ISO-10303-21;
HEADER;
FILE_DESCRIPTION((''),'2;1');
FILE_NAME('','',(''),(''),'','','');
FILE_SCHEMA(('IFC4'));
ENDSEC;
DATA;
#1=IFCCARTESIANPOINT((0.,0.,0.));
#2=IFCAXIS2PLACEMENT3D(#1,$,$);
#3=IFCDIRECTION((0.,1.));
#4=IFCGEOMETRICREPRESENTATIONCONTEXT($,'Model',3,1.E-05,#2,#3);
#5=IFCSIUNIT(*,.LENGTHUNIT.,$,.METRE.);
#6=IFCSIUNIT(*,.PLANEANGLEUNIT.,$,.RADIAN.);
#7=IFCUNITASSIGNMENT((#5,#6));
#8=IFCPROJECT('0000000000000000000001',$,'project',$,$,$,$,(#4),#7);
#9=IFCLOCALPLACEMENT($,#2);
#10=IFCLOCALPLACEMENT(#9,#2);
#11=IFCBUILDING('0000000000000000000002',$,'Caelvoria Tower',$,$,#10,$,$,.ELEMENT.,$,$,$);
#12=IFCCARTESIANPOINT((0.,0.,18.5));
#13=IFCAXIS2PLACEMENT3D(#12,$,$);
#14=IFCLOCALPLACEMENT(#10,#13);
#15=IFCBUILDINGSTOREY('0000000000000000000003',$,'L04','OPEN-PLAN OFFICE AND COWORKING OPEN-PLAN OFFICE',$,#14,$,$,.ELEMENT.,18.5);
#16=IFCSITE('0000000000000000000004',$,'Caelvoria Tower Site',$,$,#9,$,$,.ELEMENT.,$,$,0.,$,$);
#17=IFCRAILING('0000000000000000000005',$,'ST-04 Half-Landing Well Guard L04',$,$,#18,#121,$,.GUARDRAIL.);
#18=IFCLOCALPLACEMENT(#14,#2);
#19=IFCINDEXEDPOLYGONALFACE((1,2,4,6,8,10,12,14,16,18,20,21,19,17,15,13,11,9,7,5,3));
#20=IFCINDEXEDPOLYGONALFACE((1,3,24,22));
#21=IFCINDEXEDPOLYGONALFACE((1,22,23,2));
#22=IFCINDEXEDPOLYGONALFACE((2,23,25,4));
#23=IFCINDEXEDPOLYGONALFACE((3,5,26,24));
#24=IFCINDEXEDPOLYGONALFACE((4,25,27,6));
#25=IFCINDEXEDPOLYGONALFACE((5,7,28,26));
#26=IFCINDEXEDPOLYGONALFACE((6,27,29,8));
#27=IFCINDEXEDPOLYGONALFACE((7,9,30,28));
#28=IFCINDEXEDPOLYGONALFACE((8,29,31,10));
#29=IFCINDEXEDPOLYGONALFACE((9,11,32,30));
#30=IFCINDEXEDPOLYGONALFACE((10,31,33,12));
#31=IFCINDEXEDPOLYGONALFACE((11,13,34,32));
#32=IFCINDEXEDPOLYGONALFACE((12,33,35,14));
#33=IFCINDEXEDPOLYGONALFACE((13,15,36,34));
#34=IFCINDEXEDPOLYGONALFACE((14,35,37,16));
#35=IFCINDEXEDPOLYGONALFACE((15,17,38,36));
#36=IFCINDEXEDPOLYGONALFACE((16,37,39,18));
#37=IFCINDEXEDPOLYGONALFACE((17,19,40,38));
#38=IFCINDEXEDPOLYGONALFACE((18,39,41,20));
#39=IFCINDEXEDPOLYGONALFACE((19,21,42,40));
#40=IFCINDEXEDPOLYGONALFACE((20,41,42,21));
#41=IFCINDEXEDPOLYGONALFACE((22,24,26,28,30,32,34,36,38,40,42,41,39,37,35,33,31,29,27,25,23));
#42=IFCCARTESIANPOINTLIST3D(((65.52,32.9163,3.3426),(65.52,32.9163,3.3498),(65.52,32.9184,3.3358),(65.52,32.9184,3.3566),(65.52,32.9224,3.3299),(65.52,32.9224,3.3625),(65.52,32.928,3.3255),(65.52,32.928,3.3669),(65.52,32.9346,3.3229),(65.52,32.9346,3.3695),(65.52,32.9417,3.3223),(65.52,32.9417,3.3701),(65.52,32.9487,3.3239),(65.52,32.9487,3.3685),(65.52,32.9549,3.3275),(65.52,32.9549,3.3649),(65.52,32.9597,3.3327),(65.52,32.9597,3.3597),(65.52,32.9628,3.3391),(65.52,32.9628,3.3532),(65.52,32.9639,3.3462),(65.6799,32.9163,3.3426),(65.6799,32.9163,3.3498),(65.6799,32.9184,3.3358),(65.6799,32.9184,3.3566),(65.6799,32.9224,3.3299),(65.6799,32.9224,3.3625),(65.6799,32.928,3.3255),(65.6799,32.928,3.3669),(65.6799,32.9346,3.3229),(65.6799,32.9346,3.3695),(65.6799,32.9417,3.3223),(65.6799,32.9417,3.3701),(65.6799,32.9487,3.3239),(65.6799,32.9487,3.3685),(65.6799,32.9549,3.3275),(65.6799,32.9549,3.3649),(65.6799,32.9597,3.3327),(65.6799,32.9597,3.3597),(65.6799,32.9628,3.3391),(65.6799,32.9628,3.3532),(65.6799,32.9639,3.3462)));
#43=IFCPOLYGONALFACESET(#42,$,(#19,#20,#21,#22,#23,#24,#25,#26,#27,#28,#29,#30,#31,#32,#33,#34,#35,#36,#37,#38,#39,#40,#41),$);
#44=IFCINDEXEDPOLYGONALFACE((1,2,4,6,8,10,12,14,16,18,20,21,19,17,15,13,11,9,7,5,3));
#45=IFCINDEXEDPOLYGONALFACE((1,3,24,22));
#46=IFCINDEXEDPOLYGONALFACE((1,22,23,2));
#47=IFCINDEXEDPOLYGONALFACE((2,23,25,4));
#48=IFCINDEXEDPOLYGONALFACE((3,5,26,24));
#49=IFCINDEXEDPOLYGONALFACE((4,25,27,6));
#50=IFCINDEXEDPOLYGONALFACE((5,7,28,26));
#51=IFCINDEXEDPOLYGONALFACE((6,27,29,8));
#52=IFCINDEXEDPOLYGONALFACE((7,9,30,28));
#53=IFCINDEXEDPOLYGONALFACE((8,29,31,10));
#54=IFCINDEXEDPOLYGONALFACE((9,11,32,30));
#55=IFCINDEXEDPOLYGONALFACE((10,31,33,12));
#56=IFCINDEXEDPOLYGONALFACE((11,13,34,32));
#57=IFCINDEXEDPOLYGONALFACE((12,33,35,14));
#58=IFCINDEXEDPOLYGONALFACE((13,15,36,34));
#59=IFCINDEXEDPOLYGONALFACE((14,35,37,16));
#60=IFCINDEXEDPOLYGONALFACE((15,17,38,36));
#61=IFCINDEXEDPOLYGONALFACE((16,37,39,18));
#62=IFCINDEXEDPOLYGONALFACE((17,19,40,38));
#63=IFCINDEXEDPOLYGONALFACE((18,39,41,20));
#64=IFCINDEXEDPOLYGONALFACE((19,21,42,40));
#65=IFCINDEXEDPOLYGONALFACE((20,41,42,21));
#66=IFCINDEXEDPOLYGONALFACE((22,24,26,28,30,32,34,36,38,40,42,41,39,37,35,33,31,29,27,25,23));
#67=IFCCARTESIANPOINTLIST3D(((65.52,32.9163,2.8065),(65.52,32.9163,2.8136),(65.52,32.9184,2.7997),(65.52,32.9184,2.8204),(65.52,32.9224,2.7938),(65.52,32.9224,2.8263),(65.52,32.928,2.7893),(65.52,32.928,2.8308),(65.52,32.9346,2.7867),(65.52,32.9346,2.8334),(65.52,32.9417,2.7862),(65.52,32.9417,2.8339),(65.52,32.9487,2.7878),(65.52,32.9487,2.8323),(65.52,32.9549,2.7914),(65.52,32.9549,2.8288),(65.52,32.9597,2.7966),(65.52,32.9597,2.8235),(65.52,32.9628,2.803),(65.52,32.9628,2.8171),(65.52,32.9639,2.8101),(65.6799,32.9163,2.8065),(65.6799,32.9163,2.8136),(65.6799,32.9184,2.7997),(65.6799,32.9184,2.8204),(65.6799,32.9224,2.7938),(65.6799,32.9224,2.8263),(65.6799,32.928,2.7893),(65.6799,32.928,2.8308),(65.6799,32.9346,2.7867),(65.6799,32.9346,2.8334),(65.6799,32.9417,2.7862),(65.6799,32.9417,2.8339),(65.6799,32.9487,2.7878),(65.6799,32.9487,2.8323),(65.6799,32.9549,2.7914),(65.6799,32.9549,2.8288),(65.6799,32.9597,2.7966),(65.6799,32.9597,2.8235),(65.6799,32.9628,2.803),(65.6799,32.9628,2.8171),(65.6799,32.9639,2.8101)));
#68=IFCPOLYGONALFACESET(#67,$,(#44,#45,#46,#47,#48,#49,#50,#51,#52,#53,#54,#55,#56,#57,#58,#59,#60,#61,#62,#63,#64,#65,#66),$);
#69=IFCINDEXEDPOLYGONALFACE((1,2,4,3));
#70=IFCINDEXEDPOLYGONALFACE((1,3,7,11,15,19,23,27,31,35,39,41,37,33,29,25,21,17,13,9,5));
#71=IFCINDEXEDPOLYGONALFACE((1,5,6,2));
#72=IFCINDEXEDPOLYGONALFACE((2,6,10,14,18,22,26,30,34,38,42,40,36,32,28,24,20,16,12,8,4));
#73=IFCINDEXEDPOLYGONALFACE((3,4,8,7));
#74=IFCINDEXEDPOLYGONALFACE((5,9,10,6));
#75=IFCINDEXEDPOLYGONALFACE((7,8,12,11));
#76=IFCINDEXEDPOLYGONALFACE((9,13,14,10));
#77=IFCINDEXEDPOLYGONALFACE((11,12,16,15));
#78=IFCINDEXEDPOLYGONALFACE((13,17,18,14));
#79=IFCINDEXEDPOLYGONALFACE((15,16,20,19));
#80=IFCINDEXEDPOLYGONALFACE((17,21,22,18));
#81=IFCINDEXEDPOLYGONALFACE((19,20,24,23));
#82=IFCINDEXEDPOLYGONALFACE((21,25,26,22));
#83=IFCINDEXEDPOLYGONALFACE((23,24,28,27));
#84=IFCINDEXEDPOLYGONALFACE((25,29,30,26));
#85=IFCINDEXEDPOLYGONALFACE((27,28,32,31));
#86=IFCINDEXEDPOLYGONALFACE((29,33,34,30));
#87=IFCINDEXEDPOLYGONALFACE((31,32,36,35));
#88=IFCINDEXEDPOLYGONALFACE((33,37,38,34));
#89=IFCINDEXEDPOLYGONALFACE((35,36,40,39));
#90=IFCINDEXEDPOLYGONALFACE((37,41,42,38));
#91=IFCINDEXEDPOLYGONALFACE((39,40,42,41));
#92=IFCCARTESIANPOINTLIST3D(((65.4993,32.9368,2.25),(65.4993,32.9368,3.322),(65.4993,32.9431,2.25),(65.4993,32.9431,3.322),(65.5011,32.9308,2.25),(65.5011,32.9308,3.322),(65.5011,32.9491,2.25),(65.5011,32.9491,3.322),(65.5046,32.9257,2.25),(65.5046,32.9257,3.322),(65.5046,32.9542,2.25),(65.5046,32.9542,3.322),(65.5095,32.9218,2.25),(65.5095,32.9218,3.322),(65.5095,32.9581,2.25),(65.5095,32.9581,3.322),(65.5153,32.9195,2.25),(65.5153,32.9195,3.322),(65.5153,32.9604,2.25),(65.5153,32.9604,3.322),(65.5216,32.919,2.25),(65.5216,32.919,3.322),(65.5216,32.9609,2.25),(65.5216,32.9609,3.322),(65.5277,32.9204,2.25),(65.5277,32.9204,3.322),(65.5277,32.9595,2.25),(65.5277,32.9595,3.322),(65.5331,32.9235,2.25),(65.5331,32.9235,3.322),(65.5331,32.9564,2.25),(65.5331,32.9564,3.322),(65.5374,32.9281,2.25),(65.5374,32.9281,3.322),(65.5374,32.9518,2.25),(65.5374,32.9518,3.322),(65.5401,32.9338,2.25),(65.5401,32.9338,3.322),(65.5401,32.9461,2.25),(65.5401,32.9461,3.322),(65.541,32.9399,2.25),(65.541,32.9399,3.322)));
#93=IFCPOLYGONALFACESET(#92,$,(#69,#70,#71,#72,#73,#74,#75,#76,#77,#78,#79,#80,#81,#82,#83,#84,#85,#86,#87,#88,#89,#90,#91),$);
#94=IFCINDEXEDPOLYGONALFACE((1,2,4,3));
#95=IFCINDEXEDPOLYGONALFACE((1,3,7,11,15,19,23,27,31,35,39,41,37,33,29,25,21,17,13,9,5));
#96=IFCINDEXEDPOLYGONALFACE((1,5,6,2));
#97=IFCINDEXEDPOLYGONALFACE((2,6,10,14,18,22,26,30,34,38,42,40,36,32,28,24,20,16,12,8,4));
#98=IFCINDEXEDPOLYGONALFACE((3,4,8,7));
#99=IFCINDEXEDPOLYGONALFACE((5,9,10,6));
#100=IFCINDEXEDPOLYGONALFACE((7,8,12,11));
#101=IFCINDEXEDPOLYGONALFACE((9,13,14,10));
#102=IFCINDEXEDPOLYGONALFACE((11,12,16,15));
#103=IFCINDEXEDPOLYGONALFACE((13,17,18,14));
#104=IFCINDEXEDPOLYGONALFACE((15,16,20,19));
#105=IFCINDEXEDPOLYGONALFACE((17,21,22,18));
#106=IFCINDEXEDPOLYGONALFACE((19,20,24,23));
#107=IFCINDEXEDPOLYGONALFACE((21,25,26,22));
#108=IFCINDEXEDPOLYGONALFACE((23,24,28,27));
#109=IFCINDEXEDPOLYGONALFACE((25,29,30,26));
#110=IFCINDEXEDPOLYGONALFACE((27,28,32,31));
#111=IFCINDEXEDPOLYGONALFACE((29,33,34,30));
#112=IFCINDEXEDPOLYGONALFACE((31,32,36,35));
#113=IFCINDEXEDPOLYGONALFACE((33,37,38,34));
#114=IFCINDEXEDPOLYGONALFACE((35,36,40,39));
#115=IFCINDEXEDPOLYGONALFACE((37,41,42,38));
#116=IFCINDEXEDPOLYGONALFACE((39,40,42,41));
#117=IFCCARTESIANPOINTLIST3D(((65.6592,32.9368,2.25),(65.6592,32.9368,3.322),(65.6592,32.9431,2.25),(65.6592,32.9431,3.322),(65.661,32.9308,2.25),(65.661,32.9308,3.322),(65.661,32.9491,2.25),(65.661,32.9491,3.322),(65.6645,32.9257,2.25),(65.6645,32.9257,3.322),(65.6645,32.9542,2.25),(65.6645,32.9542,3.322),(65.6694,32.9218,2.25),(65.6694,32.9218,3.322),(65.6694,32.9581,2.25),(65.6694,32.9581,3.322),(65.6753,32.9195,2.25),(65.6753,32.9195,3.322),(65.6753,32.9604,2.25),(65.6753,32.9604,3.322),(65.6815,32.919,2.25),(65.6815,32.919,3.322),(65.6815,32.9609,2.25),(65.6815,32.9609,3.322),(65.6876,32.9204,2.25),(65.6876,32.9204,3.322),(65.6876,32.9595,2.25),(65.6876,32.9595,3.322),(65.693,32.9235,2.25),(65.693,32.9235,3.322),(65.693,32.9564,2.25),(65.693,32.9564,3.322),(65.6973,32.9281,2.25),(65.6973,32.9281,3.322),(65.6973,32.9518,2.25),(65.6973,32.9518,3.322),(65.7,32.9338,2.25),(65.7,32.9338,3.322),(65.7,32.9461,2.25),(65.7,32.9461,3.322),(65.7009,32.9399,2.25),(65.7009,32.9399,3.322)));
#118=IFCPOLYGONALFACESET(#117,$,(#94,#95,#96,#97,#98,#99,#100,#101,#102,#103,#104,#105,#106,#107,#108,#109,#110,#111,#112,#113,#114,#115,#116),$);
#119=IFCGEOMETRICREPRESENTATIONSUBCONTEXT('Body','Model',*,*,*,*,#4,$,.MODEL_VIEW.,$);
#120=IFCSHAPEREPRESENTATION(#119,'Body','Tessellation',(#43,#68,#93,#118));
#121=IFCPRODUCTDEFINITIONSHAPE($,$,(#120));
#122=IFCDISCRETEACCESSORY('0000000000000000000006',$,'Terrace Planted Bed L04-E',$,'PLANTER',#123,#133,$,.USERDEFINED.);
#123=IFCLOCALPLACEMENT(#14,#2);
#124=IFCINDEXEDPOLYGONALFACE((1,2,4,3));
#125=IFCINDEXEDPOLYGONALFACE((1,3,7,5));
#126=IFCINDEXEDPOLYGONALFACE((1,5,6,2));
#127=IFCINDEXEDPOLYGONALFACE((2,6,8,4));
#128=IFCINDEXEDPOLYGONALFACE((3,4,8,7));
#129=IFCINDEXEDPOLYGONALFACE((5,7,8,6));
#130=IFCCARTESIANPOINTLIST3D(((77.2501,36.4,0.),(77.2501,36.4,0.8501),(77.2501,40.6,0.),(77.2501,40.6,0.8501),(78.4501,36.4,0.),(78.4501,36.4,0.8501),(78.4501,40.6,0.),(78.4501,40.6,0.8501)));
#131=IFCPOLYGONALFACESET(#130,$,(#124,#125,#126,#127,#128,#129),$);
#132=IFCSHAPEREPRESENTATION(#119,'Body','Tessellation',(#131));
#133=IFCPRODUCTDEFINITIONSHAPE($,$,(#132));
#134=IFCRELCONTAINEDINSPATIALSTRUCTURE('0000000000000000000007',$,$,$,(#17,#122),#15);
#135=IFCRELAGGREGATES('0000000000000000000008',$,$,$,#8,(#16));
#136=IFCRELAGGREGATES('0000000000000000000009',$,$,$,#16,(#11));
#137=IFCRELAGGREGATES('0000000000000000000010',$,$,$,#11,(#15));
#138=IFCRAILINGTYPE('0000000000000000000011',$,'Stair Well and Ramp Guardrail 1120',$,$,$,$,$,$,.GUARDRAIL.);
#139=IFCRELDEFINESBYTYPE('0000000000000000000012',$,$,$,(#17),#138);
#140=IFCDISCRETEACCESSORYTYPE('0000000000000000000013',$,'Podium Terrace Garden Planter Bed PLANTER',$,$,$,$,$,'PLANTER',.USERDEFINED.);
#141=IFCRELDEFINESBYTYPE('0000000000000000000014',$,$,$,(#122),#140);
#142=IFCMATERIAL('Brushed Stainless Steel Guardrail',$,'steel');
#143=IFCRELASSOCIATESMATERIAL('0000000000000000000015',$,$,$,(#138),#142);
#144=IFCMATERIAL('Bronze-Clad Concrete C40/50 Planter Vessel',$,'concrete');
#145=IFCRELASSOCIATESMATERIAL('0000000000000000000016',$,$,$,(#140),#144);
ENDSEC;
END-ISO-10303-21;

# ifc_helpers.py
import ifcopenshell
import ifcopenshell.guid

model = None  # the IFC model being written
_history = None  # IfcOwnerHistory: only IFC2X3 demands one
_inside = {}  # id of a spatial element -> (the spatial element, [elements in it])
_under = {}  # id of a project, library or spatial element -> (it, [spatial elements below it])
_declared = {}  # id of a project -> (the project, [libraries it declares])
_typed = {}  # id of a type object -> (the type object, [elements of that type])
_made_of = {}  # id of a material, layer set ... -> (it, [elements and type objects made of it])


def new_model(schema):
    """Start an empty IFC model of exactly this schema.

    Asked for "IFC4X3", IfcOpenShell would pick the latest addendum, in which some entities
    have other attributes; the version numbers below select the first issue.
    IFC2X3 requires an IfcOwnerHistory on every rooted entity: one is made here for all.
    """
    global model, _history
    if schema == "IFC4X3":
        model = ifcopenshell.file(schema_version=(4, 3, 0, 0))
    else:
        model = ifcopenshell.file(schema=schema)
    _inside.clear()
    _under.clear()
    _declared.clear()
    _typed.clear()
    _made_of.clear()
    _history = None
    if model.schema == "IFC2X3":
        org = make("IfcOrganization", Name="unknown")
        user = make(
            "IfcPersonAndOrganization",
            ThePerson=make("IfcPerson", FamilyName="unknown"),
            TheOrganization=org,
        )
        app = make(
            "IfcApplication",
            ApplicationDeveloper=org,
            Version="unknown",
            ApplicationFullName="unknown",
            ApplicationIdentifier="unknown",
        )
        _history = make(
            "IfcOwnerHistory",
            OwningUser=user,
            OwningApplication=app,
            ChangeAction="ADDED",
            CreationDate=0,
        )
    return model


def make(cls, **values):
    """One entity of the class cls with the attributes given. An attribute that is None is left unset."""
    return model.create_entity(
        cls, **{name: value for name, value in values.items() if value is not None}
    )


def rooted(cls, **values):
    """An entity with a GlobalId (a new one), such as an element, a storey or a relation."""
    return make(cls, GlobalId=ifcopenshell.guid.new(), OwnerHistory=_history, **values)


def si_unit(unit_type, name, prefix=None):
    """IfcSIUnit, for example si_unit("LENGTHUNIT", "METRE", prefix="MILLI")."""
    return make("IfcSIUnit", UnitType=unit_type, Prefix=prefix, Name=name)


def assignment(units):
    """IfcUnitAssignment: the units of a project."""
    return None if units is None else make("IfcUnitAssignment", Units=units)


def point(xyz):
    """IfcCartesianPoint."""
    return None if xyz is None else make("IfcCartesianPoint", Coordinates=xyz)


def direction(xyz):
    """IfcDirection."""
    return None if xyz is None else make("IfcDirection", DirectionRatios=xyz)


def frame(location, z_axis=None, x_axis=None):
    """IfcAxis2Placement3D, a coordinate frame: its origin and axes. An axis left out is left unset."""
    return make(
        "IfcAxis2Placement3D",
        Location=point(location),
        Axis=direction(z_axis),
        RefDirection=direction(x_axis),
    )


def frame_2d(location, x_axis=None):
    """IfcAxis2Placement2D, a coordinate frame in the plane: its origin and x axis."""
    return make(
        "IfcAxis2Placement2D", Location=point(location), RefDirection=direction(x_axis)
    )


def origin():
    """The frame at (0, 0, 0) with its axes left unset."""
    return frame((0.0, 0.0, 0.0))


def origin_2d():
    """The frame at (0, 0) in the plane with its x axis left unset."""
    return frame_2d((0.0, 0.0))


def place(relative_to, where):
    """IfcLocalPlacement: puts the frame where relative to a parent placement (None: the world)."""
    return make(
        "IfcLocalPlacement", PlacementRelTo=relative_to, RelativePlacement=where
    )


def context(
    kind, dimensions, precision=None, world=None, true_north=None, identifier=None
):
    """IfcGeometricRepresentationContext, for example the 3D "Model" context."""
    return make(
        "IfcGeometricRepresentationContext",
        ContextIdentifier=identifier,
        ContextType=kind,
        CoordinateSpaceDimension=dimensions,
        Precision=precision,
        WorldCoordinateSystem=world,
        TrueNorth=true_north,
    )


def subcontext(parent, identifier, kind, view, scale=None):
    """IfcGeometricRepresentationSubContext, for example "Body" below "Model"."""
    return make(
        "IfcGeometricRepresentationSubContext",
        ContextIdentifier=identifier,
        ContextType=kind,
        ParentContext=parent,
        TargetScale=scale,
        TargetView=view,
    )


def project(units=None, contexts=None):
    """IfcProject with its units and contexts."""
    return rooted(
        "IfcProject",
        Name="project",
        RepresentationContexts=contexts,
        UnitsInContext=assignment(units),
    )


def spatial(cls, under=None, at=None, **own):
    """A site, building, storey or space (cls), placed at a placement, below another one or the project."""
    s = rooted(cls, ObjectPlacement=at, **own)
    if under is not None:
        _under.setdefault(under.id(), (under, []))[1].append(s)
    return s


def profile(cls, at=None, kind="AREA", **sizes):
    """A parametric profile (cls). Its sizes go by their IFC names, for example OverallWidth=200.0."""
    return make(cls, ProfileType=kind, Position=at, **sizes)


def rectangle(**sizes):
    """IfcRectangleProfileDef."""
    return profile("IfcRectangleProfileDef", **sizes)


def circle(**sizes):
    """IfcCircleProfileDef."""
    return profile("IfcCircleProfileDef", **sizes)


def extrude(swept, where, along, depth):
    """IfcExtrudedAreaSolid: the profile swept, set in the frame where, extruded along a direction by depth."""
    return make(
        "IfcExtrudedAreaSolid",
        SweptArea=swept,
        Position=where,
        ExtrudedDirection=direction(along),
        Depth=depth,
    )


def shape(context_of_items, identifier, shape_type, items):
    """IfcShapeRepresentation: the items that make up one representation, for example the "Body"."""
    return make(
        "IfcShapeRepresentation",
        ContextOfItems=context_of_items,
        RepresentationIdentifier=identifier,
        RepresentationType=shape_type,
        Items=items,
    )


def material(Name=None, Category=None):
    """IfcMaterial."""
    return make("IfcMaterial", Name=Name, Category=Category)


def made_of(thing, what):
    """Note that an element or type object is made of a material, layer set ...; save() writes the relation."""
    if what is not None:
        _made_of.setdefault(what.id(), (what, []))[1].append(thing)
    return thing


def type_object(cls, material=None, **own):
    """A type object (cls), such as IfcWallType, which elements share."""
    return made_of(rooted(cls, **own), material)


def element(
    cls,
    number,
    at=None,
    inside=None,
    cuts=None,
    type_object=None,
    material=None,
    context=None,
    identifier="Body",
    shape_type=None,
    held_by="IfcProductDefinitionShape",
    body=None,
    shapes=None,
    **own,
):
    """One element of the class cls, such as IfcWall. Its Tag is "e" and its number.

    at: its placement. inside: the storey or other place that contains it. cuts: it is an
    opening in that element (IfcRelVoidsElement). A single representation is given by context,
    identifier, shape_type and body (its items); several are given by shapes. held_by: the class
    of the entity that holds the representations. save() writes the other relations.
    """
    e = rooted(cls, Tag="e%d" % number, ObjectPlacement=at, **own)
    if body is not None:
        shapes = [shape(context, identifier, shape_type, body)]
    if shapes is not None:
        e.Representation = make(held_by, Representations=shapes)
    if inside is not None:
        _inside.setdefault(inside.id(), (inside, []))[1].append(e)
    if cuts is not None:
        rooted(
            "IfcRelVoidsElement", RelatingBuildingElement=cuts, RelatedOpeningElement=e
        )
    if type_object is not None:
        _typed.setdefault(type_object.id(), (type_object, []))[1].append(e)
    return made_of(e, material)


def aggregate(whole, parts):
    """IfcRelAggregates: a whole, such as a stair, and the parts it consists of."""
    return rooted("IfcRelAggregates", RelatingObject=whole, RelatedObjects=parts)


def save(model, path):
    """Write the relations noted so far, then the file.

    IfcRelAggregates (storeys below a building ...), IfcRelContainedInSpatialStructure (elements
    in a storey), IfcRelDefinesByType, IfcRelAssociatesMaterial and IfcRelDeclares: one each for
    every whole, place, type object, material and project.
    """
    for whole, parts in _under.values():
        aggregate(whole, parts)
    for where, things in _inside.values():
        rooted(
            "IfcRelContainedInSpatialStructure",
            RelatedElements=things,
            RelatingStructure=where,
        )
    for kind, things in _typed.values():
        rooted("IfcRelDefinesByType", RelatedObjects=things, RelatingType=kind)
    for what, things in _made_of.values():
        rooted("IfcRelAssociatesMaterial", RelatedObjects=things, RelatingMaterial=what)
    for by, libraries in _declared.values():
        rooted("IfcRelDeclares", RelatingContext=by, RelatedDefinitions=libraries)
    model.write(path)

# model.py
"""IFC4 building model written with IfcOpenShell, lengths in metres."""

from ifc_helpers import new_model, si_unit, direction, frame, origin, origin_2d, place, context, subcontext, project, spatial, rectangle, circle, extrude, material, type_object, element, save


model = new_model("IFC4")

# Units and contexts
model_context = context("Model", 3, precision=1e-05, world=origin(), true_north=direction((0.0, 1.0)))
body_context = subcontext(model_context, "Body", "Model", "MODEL_VIEW")
ifc_project = project(units=[si_unit("LENGTHUNIT", "METRE"), si_unit("PLANEANGLEUNIT", "RADIAN")], contexts=[model_context])

# Site, building, storey
site_placement = place(None, origin())
site = spatial("IfcSite", under=ifc_project, at=site_placement, Name="Caelvoria Tower Site", CompositionType="ELEMENT", RefElevation=0.0)
building_placement = place(site_placement, origin())
building = spatial("IfcBuilding", under=site, at=building_placement, Name="Caelvoria Tower", CompositionType="ELEMENT")
storey_placement = place(building_placement, frame((0.0, 0.0, 18.5)))
storey = spatial("IfcBuildingStorey", under=building, at=storey_placement, Name="L04", Description="OPEN-PLAN OFFICE AND COWORKING OPEN-PLAN OFFICE", CompositionType="ELEMENT", Elevation=18.5)

# Railing
ifc_material_1 = material(Name="Brushed Stainless Steel Guardrail", Category="steel")
railing_type_1 = type_object("IfcRailingType", Name="Stair Well and Ramp Guardrail 1120", PredefinedType="GUARDRAIL", material=ifc_material_1)
railing_1_placement = place(storey_placement, frame((65.52, 32.9399, 2.25)))
element("IfcRailing", 1, at=railing_1_placement, inside=storey, type_object=railing_type_1, Name="ST-04 Half-Landing Well Guard L04", PredefinedType="GUARDRAIL", context=body_context, shape_type="SweptSolid", body=[
    extrude(circle(Radius=0.0239, at=origin_2d()), frame((0.0, 0.0, 1.0962), z_axis=(1.0, 0.0, 0.0), x_axis=(0.0, 1.0, 0.0)), (0.0, 0.0, 1.0), 0.1599),
    extrude(circle(Radius=0.0239, at=origin_2d()), frame((0.0, 0.0, 0.5601), z_axis=(1.0, 0.0, 0.0), x_axis=(0.0, 1.0, 0.0)), (0.0, 0.0, 1.0), 0.1599),
    extrude(circle(Radius=0.021, at=origin_2d()), origin(), (0.0, 0.0, 1.0), 1.072),
    extrude(circle(Radius=0.021, at=origin_2d()), frame((0.1599, 0.0, 0.0)), (0.0, 0.0, 1.0), 1.072),
])

# Discrete accessory
ifc_material_2 = material(Name="Bronze-Clad Concrete C40/50 Planter Vessel", Category="concrete")
discrete_accessory_type = type_object("IfcDiscreteAccessoryType", Name="Podium Terrace Garden Planter Bed PLANTER", ElementType="PLANTER", PredefinedType="USERDEFINED", material=ifc_material_2)
discrete_accessory_placement = place(storey_placement, frame((77.8501, 38.5, 0.0), z_axis=(0.0, 0.0, 1.0), x_axis=(1.0, 0.0, 0.0)))
element("IfcDiscreteAccessory", 2, at=discrete_accessory_placement, inside=storey, type_object=discrete_accessory_type, Name="Terrace Planted Bed L04-E", ObjectType="PLANTER", PredefinedType="USERDEFINED", context=body_context, shape_type="SweptSolid", body=[
    extrude(rectangle(XDim=1.2, YDim=4.2, at=origin_2d()), origin(), (0.0, 0.0, 1.0), 0.8501),
])

save(model, "model.ifc")
